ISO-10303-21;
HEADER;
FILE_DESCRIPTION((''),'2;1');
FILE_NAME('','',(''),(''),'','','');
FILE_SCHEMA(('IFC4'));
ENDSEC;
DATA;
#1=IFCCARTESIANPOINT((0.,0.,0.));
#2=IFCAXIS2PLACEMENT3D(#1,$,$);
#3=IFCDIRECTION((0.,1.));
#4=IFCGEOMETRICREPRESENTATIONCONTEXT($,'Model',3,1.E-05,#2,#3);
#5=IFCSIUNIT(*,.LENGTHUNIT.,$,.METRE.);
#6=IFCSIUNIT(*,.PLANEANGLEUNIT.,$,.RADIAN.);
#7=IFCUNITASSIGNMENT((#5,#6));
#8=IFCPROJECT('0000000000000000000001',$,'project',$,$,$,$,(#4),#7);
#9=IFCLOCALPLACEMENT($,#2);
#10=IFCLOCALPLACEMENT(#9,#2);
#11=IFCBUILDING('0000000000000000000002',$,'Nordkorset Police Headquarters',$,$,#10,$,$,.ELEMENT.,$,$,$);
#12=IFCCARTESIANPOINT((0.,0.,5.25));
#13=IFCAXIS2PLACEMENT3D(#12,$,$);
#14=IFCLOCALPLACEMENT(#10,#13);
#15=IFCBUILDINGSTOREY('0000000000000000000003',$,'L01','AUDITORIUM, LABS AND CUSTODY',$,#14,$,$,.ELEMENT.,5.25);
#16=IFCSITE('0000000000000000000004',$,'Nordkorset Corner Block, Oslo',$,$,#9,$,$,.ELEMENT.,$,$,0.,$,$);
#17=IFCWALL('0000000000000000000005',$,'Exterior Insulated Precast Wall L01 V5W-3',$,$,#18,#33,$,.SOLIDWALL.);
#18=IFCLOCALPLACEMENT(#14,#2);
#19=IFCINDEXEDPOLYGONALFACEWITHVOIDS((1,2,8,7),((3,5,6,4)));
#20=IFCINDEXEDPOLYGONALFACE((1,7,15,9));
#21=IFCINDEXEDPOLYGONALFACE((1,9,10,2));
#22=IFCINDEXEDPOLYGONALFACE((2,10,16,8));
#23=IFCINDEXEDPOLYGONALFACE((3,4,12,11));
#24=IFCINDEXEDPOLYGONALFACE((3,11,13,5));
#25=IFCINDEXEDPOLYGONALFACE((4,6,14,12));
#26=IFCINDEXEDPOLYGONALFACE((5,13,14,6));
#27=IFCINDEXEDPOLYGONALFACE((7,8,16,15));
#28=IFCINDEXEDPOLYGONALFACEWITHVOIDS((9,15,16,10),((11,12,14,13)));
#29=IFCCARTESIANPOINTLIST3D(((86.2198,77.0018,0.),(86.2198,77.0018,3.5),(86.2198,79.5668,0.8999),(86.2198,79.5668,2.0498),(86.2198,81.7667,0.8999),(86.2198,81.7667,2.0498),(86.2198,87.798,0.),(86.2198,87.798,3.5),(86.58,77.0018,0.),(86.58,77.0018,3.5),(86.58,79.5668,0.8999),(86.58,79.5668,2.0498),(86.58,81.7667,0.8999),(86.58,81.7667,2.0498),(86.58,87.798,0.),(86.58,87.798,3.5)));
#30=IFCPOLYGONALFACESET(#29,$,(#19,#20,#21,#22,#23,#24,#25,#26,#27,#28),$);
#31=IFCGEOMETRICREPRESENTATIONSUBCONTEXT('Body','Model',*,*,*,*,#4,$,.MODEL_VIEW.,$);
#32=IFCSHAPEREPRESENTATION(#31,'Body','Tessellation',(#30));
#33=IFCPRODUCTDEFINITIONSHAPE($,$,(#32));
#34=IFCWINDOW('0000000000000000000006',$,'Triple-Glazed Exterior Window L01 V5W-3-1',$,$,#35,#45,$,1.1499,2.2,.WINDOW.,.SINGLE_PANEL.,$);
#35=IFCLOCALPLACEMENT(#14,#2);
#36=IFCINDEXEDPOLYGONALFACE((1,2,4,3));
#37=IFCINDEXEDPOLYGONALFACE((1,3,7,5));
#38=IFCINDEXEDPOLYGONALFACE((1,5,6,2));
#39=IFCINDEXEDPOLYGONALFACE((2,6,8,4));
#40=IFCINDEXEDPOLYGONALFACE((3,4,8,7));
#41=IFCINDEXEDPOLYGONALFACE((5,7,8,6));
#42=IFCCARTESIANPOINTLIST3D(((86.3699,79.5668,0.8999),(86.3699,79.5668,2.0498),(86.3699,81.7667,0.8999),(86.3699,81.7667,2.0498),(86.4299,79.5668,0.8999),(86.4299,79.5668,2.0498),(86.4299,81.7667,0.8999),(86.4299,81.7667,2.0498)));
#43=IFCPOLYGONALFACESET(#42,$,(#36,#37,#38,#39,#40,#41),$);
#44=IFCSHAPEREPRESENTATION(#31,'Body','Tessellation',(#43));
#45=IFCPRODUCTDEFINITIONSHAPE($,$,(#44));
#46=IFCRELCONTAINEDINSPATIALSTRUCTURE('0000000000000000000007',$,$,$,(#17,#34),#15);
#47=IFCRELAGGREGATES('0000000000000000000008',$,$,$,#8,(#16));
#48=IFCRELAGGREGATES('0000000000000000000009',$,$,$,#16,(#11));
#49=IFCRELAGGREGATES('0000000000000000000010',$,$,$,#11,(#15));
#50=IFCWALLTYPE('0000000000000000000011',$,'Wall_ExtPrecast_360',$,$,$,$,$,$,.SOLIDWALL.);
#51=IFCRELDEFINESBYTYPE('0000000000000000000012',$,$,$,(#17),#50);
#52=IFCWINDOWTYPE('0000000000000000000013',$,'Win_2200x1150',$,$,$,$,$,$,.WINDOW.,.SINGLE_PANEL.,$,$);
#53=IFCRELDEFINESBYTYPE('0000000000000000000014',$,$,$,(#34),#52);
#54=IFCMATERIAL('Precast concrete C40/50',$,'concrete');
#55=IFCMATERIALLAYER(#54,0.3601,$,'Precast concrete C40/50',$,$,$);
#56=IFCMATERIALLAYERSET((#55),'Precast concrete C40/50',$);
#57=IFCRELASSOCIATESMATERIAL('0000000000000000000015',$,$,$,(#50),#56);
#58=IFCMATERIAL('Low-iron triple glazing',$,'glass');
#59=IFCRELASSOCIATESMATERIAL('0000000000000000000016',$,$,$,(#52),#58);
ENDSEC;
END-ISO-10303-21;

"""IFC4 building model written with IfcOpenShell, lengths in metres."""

from ifc_helpers import new_model, si_unit, direction, frame, frame_2d, origin, place, context, subcontext, project, spatial, rectangle, extrude, material, layer, layer_set, type_object, element, fill, save


model = new_model("IFC4")

# Units and contexts
model_context = context("Model", 3, precision=1e-05, world=origin(), true_north=direction((0.0, 1.0)))
body_context = subcontext(model_context, "Body", "Model", "MODEL_VIEW")
ifc_project = project(units=[si_unit("LENGTHUNIT", "METRE"), si_unit("PLANEANGLEUNIT", "RADIAN")], contexts=[model_context])

# Site, building, storey
site_placement = place(None, origin())
site = spatial("IfcSite", under=ifc_project, at=site_placement, Name="Nordkorset Corner Block, Oslo", CompositionType="ELEMENT", RefElevation=0.0)
building_placement = place(site_placement, origin())
building = spatial("IfcBuilding", under=site, at=building_placement, Name="Nordkorset Police Headquarters", CompositionType="ELEMENT")
storey_placement = place(building_placement, frame((0.0, 0.0, 5.25)))
storey = spatial("IfcBuildingStorey", under=building, at=storey_placement, Name="L01", Description="AUDITORIUM, LABS AND CUSTODY", CompositionType="ELEMENT", Elevation=5.25)

# Wall, opening, window
ifc_material_1 = material(Name="Precast concrete C40/50", Category="concrete")
ifc_layer_1 = layer(ifc_material_1, 0.3601, Name="Precast concrete C40/50")
ifc_layer_set_1 = layer_set([ifc_layer_1], Name="Precast concrete C40/50")
wall_type = type_object("IfcWallType", Name="Wall_ExtPrecast_360", PredefinedType="SOLIDWALL", material=ifc_layer_set_1)
wall_placement = place(storey_placement, frame((86.3999, 77.002, 0.0), z_axis=(0.0, 0.0, 1.0), x_axis=(0.0, 1.0, 0.0)))
wall = element("IfcWall", 1, at=wall_placement, inside=storey, type_object=wall_type, Name="Exterior Insulated Precast Wall L01 V5W-3", PredefinedType="SOLIDWALL", context=body_context, shape_type="SweptSolid", body=[
    extrude(rectangle(XDim=10.7961, YDim=0.3601, at=frame_2d((5.3979, 0.0))), origin(), (0.0, 0.0, 1.0), 3.5),
])
opening_placement = place(wall_placement, frame((2.5647, 0.0, 0.8999)))
opening = element("IfcOpeningElement", 2, at=opening_placement, cuts=wall, PredefinedType="OPENING", context=body_context, shape_type="SweptSolid", body=[
    extrude(rectangle(XDim=2.2, YDim=1.1499, at=frame_2d((1.1001, 0.575))), frame((0.0, 0.1899, 0.0), z_axis=(0.0, -1.0, 0.0), x_axis=(1.0, 0.0, 0.0)), (0.0, 0.0, 1.0), 0.3801),
])
ifc_material_2 = material(Name="Low-iron triple glazing", Category="glass")
window_type = type_object("IfcWindowType", Name="Win_2200x1150", PartitioningType="SINGLE_PANEL", PredefinedType="WINDOW", material=ifc_material_2)
window_placement = place(opening_placement, origin())
window = element("IfcWindow", 3, at=window_placement, inside=storey, type_object=window_type, Name="Triple-Glazed Exterior Window L01 V5W-3-1", OverallHeight=1.1499, OverallWidth=2.2, PartitioningType="SINGLE_PANEL", PredefinedType="WINDOW", context=body_context, shape_type="SweptSolid", body=[
    extrude(rectangle(XDim=2.2, YDim=1.1499, at=frame_2d((1.1001, 0.575))), frame((0.0, 0.03, 0.0), z_axis=(0.0, -1.0, 0.0), x_axis=(1.0, 0.0, 0.0)), (0.0, 0.0, 1.0), 0.0601),
])
fill(opening, window)

save(model, "model.ifc")
